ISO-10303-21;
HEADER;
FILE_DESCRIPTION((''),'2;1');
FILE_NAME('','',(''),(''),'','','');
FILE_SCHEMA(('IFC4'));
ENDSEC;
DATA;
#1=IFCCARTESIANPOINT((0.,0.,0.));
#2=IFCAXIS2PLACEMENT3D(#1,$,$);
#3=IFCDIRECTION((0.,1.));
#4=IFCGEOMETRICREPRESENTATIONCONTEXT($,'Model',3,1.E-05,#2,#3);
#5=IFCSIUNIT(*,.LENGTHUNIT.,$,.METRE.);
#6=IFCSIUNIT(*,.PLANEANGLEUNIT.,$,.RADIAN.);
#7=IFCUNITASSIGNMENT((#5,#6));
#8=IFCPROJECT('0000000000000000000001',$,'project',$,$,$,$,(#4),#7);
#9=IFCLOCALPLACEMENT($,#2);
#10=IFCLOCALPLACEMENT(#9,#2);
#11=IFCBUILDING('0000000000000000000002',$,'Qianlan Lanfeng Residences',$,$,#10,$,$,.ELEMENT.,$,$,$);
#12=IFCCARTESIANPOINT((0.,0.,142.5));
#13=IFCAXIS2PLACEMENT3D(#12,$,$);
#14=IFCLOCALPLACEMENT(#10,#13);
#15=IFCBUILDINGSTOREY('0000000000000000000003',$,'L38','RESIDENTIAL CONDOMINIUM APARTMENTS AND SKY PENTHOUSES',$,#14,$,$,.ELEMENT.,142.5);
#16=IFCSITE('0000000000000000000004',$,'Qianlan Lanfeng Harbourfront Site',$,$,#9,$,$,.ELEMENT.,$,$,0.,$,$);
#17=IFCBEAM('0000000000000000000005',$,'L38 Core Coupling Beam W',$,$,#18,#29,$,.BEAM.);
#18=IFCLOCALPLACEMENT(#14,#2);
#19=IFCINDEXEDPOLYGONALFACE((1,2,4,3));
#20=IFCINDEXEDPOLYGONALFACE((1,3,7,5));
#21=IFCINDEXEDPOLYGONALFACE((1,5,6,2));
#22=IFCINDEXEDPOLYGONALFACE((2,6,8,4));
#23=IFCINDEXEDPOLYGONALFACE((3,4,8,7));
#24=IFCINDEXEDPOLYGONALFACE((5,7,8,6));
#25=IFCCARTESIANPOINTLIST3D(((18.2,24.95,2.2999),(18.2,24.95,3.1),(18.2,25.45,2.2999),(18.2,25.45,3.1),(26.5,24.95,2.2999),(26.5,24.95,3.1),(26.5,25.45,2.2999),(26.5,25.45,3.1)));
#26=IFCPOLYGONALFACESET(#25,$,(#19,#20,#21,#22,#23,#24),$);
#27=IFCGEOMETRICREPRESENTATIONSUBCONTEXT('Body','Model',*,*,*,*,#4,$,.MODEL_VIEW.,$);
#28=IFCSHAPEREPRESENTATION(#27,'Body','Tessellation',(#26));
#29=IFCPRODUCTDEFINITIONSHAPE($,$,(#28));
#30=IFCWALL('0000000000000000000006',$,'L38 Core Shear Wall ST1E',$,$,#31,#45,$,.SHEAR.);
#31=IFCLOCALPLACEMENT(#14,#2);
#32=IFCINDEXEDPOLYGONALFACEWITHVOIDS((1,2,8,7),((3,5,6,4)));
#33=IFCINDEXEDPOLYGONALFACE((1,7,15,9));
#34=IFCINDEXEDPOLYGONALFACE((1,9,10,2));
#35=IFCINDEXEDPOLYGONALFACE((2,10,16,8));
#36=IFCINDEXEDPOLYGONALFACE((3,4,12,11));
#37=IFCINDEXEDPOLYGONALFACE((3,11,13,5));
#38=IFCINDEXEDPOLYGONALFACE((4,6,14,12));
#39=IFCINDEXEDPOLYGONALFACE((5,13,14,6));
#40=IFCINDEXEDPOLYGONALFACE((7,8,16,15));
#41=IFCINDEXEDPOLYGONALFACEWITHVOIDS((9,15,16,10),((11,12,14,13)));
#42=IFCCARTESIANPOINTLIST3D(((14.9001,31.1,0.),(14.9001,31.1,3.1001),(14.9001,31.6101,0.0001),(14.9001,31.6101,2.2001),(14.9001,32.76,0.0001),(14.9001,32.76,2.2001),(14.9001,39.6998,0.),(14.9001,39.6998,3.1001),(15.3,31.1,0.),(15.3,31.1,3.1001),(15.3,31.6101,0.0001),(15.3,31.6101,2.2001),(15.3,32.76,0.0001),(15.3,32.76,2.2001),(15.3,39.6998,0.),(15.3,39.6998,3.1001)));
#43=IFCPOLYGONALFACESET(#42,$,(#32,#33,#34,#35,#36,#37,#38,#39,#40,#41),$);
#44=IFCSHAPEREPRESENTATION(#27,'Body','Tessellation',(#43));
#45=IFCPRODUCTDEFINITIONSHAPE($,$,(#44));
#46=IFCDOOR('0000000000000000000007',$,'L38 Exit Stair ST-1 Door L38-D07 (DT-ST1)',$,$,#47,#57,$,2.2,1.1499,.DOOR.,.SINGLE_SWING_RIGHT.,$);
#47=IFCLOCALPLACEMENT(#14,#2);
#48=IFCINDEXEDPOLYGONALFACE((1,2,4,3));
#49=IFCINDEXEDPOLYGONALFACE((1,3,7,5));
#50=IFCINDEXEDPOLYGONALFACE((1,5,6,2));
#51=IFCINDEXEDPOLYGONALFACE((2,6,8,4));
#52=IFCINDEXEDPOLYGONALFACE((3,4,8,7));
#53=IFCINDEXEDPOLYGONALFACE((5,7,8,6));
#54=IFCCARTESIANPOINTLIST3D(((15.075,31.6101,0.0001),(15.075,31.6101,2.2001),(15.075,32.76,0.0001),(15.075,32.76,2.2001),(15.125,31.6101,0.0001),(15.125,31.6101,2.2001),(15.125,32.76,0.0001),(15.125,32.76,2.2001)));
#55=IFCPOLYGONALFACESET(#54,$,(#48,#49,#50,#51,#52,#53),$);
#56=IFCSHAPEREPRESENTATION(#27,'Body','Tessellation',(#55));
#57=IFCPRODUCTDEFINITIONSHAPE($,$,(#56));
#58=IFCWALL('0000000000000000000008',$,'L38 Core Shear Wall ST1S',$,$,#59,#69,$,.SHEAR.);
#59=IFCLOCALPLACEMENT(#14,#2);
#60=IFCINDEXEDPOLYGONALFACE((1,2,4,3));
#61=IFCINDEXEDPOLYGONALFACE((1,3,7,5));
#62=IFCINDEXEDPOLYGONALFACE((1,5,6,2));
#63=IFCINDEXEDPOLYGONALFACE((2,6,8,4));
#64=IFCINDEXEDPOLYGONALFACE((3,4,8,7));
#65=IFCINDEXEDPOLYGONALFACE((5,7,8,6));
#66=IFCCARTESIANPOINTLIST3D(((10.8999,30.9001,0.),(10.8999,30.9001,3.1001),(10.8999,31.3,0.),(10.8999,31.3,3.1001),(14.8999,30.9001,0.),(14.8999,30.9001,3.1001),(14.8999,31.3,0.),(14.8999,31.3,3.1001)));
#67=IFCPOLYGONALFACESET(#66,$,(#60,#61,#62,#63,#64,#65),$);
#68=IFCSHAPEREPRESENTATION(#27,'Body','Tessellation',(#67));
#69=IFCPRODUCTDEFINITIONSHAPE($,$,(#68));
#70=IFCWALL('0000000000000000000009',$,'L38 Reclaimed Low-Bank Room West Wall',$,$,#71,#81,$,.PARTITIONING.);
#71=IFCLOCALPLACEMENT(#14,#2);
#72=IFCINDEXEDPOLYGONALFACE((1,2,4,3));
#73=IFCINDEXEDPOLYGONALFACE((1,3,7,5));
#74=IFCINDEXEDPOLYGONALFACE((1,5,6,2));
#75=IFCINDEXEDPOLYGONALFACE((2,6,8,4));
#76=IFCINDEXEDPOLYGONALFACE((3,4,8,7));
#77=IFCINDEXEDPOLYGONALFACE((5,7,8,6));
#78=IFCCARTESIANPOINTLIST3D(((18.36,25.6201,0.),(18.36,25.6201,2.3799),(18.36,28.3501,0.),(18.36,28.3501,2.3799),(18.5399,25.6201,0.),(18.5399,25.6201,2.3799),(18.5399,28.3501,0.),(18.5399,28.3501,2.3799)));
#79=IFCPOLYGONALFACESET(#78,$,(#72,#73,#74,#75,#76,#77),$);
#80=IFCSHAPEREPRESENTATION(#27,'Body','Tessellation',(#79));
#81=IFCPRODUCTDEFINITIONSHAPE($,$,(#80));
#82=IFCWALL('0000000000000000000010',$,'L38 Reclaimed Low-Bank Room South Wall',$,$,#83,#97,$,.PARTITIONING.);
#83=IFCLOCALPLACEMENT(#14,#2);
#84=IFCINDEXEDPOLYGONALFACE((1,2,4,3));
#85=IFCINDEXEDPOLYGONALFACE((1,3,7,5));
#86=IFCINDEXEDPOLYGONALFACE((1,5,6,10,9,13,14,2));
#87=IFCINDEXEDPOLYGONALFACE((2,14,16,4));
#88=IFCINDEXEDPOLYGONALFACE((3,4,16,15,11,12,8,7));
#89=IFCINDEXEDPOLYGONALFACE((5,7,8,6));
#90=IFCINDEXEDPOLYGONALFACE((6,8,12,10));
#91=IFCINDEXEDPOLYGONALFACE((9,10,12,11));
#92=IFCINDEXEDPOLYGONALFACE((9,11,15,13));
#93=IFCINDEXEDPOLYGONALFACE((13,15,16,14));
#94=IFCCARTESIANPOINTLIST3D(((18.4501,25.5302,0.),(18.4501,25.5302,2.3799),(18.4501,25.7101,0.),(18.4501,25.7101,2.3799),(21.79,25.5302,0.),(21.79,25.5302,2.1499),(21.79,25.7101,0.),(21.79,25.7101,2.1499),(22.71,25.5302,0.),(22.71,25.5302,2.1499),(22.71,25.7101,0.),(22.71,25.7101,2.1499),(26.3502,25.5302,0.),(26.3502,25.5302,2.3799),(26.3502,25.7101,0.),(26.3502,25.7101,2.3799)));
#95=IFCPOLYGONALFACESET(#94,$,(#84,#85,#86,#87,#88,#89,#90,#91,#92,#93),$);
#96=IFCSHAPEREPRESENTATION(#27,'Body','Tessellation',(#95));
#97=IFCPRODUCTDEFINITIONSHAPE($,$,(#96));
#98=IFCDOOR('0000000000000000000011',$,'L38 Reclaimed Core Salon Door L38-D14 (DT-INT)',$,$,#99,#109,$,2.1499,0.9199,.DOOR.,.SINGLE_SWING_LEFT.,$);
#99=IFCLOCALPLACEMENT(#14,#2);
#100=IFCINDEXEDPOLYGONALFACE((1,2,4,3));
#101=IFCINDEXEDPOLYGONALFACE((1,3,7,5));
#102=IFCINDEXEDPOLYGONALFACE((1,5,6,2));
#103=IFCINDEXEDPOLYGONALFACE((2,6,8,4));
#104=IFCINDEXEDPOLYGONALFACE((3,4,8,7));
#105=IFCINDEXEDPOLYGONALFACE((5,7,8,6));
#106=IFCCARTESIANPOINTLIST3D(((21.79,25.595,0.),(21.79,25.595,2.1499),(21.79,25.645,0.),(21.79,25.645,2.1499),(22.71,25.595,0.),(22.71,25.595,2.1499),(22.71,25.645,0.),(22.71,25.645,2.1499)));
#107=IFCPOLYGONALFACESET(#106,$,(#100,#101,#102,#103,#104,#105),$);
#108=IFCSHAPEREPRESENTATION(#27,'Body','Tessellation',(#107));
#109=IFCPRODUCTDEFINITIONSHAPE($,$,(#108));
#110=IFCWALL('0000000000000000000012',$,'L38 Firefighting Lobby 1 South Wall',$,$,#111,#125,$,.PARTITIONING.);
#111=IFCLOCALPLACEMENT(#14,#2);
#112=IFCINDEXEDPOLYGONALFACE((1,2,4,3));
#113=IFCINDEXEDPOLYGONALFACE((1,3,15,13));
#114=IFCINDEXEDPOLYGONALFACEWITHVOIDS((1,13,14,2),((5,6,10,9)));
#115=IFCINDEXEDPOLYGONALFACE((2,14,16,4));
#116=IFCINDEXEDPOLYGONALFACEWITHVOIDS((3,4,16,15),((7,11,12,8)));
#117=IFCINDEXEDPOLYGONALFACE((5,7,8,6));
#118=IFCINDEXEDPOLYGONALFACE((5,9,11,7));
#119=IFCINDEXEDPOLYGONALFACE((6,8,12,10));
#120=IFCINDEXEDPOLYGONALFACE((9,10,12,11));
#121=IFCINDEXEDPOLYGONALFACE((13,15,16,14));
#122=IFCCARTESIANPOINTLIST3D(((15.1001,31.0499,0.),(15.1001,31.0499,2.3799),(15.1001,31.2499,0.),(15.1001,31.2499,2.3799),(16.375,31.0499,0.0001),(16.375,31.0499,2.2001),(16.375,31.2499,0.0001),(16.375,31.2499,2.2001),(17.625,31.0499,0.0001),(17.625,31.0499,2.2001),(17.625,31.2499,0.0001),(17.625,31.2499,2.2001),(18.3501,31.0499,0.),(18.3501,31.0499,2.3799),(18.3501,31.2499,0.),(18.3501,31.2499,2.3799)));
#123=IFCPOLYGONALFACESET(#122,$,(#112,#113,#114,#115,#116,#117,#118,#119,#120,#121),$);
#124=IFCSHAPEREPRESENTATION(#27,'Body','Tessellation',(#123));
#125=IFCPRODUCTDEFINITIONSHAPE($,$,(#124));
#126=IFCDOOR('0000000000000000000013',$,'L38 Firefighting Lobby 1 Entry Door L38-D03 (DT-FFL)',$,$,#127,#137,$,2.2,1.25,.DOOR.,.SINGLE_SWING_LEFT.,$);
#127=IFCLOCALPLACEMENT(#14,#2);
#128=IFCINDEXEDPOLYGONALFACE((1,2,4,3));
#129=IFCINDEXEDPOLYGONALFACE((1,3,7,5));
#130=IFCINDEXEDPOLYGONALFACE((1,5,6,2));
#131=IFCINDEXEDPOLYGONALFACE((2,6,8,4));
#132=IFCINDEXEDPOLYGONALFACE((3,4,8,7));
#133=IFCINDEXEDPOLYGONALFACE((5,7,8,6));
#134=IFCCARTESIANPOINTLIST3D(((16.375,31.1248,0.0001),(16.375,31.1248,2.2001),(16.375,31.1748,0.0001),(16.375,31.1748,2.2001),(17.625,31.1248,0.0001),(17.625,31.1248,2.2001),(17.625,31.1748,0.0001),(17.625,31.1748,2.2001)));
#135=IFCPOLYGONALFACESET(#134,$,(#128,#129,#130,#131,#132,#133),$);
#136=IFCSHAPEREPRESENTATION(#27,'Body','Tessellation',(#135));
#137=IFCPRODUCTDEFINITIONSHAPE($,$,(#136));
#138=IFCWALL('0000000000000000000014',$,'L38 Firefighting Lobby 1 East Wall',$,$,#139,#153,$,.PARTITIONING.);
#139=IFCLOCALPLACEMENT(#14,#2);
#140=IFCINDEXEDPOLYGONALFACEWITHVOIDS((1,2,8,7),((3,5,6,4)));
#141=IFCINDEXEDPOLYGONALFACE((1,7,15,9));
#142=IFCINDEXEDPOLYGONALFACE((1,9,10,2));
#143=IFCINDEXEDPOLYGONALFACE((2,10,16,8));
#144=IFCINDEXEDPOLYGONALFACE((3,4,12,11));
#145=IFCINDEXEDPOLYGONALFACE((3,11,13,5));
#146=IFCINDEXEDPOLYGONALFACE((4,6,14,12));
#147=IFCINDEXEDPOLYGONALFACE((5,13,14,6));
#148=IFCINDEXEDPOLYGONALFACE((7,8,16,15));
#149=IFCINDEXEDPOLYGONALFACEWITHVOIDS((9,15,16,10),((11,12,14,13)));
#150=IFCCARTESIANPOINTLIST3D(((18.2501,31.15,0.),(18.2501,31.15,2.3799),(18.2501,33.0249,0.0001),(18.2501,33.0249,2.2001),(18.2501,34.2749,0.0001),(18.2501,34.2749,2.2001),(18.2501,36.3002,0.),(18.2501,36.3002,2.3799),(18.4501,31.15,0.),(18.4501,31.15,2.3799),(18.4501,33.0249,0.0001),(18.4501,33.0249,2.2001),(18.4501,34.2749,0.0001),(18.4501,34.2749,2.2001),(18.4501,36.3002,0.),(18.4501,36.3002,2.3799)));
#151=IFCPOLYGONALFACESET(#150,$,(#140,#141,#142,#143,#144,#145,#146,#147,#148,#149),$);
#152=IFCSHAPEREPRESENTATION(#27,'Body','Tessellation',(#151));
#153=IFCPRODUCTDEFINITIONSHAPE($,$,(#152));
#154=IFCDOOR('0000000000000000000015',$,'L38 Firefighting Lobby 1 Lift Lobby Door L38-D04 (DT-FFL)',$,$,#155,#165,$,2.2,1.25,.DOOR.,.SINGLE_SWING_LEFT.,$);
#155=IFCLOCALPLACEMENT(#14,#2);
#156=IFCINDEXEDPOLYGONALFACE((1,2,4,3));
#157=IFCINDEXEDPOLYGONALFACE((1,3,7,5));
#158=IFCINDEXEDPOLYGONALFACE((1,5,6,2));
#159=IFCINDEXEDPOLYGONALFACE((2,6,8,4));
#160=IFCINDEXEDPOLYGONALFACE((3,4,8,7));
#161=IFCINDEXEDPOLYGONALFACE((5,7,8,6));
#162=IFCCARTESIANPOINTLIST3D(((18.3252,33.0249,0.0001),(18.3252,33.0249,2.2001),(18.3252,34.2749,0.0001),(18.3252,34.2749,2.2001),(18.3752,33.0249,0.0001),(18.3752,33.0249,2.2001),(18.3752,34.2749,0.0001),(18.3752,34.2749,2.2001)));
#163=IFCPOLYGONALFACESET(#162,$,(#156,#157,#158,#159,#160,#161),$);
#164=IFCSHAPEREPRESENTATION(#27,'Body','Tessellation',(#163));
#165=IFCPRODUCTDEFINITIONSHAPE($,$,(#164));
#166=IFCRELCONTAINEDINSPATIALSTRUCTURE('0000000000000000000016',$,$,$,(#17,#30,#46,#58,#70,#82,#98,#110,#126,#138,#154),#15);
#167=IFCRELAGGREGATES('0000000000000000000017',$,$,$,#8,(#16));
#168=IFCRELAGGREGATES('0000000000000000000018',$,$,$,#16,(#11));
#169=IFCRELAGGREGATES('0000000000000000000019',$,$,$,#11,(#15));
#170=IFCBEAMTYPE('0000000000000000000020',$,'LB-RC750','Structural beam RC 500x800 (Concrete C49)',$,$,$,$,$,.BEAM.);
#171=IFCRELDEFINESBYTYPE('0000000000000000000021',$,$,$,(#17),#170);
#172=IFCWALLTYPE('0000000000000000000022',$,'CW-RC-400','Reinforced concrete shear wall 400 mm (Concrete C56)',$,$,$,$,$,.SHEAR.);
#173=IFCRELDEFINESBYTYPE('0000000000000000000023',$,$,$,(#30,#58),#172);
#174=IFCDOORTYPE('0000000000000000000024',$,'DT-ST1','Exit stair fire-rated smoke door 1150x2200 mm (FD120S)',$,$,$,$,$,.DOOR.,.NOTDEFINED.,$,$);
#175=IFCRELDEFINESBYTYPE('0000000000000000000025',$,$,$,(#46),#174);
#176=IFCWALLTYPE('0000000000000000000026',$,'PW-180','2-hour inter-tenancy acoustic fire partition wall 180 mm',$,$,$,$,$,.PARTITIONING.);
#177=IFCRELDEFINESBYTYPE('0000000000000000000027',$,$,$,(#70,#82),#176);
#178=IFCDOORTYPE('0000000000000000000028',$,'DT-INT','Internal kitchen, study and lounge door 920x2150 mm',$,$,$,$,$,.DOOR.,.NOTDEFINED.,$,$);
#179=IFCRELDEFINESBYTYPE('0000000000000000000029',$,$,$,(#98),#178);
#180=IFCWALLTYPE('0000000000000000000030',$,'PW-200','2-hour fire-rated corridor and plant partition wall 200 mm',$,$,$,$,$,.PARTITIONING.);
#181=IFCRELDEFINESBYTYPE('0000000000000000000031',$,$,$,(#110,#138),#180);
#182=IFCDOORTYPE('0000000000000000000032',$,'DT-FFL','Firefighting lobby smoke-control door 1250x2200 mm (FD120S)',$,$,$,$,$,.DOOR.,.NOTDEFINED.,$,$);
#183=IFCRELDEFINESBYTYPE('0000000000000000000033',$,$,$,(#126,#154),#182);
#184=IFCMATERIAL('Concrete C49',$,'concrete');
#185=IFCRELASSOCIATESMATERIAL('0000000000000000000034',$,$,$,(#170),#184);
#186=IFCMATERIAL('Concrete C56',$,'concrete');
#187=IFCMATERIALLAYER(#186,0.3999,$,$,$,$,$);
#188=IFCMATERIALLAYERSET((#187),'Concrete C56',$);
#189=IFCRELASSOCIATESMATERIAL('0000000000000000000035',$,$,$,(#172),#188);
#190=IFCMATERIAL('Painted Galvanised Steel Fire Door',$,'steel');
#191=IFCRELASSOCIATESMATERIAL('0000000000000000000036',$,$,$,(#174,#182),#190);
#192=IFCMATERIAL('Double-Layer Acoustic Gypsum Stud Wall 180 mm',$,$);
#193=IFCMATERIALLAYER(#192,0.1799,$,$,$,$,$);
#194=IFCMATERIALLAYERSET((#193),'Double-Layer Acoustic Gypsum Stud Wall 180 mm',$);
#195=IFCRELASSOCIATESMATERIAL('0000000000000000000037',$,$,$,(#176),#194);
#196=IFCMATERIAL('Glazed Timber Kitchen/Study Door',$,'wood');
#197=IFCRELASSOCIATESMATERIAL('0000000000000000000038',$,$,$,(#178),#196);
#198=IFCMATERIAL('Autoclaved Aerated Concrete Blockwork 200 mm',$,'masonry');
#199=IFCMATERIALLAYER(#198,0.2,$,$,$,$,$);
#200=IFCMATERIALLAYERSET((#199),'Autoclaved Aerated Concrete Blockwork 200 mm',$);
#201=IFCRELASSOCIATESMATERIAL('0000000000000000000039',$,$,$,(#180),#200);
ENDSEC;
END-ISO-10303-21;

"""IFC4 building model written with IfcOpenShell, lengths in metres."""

from ifc_helpers import new_model, si_unit, direction, frame, frame_2d, origin, origin_2d, place, context, subcontext, project, spatial, rectangle, extrude, material, layer, layer_set, material_profile, profile_set, type_object, element, fill, save


model = new_model("IFC4")

# Units and contexts
model_context = context("Model", 3, precision=1e-05, world=origin(), true_north=direction((0.0, 1.0)))
body_context = subcontext(model_context, "Body", "Model", "MODEL_VIEW")
ifc_project = project(units=[si_unit("LENGTHUNIT", "METRE"), si_unit("PLANEANGLEUNIT", "RADIAN")], contexts=[model_context])

# Site, building, storey
site_placement = place(None, origin())
site = spatial("IfcSite", under=ifc_project, at=site_placement, Name="Qianlan Lanfeng Harbourfront Site", CompositionType="ELEMENT", RefElevation=0.0)
building_placement = place(site_placement, origin())
building = spatial("IfcBuilding", under=site, at=building_placement, Name="Qianlan Lanfeng Residences", CompositionType="ELEMENT")
storey_placement = place(building_placement, frame((0.0, 0.0, 142.5)))
storey = spatial("IfcBuildingStorey", under=building, at=storey_placement, Name="L38", Description="RESIDENTIAL CONDOMINIUM APARTMENTS AND SKY PENTHOUSES", CompositionType="ELEMENT", Elevation=142.5)

# Beam
ifc_material_1 = material(Name="Concrete C49", Category="concrete")
ifc_material_profile = material_profile(ifc_material_1, rectangle(XDim=0.5, YDim=0.8, at=origin_2d()), Name="RC 500x800")
ifc_profile_set = profile_set([ifc_material_profile], Name="Concrete C49")
beam_type = type_object("IfcBeamType", Name="LB-RC750", Description="Structural beam RC 500x800 (Concrete C49)", PredefinedType="BEAM", material=ifc_profile_set)
beam_placement = place(storey_placement, frame((18.2, 25.2, 2.7), z_axis=(1.0, 0.0, 0.0), x_axis=(0.0, 1.0, 0.0)))
element("IfcBeam", 1, at=beam_placement, inside=storey, type_object=beam_type, Name="L38 Core Coupling Beam W", PredefinedType="BEAM", context=body_context, shape_type="SweptSolid", body=[
    extrude(rectangle(XDim=0.5, YDim=0.8, at=origin_2d()), origin(), (0.0, 0.0, 1.0), 8.3),
])

# Wall, opening, door
ifc_material_2 = material(Name="Concrete C56", Category="concrete")
ifc_layer_1 = layer(ifc_material_2, 0.3999)
ifc_layer_set_1 = layer_set([ifc_layer_1], Name="Concrete C56")
wall_type_1 = type_object("IfcWallType", Name="CW-RC-400", Description="Reinforced concrete shear wall 400 mm (Concrete C56)", PredefinedType="SHEAR", material=ifc_layer_set_1)
wall_1_placement = place(storey_placement, frame((15.1001, 31.1001, 0.0), z_axis=(0.0, 0.0, 1.0), x_axis=(0.0, 1.0, 0.0)))
wall_1 = element("IfcWall", 2, at=wall_1_placement, inside=storey, type_object=wall_type_1, Name="L38 Core Shear Wall ST1E", PredefinedType="SHEAR", context=body_context, shape_type="SweptSolid", body=[
    extrude(rectangle(XDim=8.5999, YDim=0.3999, at=frame_2d((4.2998, 0.0))), origin(), (0.0, 0.0, 1.0), 3.1001),
])
opening_1_placement = place(wall_1_placement, frame((0.51, 0.0, 0.0)))
opening_1 = element("IfcOpeningElement", 3, at=opening_1_placement, cuts=wall_1, PredefinedType="OPENING", context=body_context, shape_type="SweptSolid", body=[
    extrude(rectangle(XDim=1.1499, YDim=2.2, at=frame_2d((0.575, 1.1001))), frame((0.0, 0.21, 0.0), z_axis=(0.0, -1.0, 0.0), x_axis=(1.0, 0.0, 0.0)), (0.0, 0.0, 1.0), 0.4199),
])
ifc_material_3 = material(Name="Painted Galvanised Steel Fire Door", Category="steel")
door_type_1 = type_object("IfcDoorType", Name="DT-ST1", Description="Exit stair fire-rated smoke door 1150x2200 mm (FD120S)", OperationType="NOTDEFINED", PredefinedType="DOOR", material=ifc_material_3)
door_1_placement = place(opening_1_placement, frame((1.1499, 0.0, 0.0), z_axis=(0.0, 0.0, 1.0), x_axis=(-1.0, 0.0, 0.0)))
door_1 = element("IfcDoor", 4, at=door_1_placement, inside=storey, type_object=door_type_1, Name="L38 Exit Stair ST-1 Door L38-D07 (DT-ST1)", OperationType="SINGLE_SWING_RIGHT", OverallHeight=2.2, OverallWidth=1.1499, PredefinedType="DOOR", context=body_context, shape_type="SweptSolid", body=[
    extrude(rectangle(XDim=1.1499, YDim=2.2, at=frame_2d((0.575, 1.1001))), frame((0.0, 0.0249, 0.0), z_axis=(0.0, -1.0, 0.0), x_axis=(1.0, 0.0, 0.0)), (0.0, 0.0, 1.0), 0.05),
])
fill(opening_1, door_1)

# Wall
wall_2_placement = place(storey_placement, frame((10.8999, 31.1001, 0.0), z_axis=(0.0, 0.0, 1.0), x_axis=(1.0, 0.0, 0.0)))
element("IfcWall", 5, at=wall_2_placement, inside=storey, type_object=wall_type_1, Name="L38 Core Shear Wall ST1S", PredefinedType="SHEAR", context=body_context, shape_type="SweptSolid", body=[
    extrude(rectangle(XDim=4.0, YDim=0.3999, at=frame_2d((2.0, 0.0))), origin(), (0.0, 0.0, 1.0), 3.1001),
])

# Shared definitions
ifc_material_4 = material(Name="Double-Layer Acoustic Gypsum Stud Wall 180 mm")
ifc_layer_2 = layer(ifc_material_4, 0.1799)
ifc_layer_set_2 = layer_set([ifc_layer_2], Name="Double-Layer Acoustic Gypsum Stud Wall 180 mm")
wall_type_2 = type_object("IfcWallType", Name="PW-180", Description="2-hour inter-tenancy acoustic fire partition wall 180 mm", PredefinedType="PARTITIONING", material=ifc_layer_set_2)
ifc_material_5 = material(Name="Glazed Timber Kitchen/Study Door", Category="wood")
door_type_2 = type_object("IfcDoorType", Name="DT-INT", Description="Internal kitchen, study and lounge door 920x2150 mm", OperationType="NOTDEFINED", PredefinedType="DOOR", material=ifc_material_5)

# Wall
wall_3_placement = place(storey_placement, frame((18.45, 25.6201, 0.0), z_axis=(0.0, 0.0, 1.0), x_axis=(0.0, 1.0, 0.0)))
element("IfcWall", 6, at=wall_3_placement, inside=storey, type_object=wall_type_2, Name="L38 Reclaimed Low-Bank Room West Wall", PredefinedType="PARTITIONING", context=body_context, shape_type="SweptSolid", body=[
    extrude(rectangle(XDim=2.73, YDim=0.1799, at=frame_2d((1.365, 0.0))), origin(), (0.0, 0.0, 1.0), 2.3799),
])

# Walls, openings, doors
wall_4_placement = place(storey_placement, frame((18.45, 25.6201, 0.0), z_axis=(0.0, 0.0, 1.0), x_axis=(1.0, 0.0, 0.0)))
wall_4 = element("IfcWall", 7, at=wall_4_placement, inside=storey, type_object=wall_type_2, Name="L38 Reclaimed Low-Bank Room South Wall", PredefinedType="PARTITIONING", context=body_context, shape_type="SweptSolid", body=[
    extrude(rectangle(XDim=7.9001, YDim=0.1799, at=frame_2d((3.9502, 0.0))), origin(), (0.0, 0.0, 1.0), 2.3799),
])
opening_2_placement = place(wall_4_placement, frame((3.3401, 0.0, 0.0)))
opening_2 = element("IfcOpeningElement", 8, at=opening_2_placement, cuts=wall_4, PredefinedType="OPENING", context=body_context, shape_type="SweptSolid", body=[
    extrude(rectangle(XDim=0.9199, YDim=2.1499, at=frame_2d((0.46, 1.075))), frame((0.0, 0.1001, 0.0), z_axis=(0.0, -1.0, 0.0), x_axis=(1.0, 0.0, 0.0)), (0.0, 0.0, 1.0), 0.2),
])
door_2_placement = place(opening_2_placement, origin())
door_2 = element("IfcDoor", 9, at=door_2_placement, inside=storey, type_object=door_type_2, Name="L38 Reclaimed Core Salon Door L38-D14 (DT-INT)", OperationType="SINGLE_SWING_LEFT", OverallHeight=2.1499, OverallWidth=0.9199, PredefinedType="DOOR", context=body_context, shape_type="SweptSolid", body=[
    extrude(rectangle(XDim=0.9199, YDim=2.1499, at=frame_2d((0.46, 1.075))), frame((0.0, 0.0249, 0.0), z_axis=(0.0, -1.0, 0.0), x_axis=(1.0, 0.0, 0.0)), (0.0, 0.0, 1.0), 0.05),
])
fill(opening_2, door_2)
ifc_material_6 = material(Name="Autoclaved Aerated Concrete Blockwork 200 mm", Category="masonry")
ifc_layer_3 = layer(ifc_material_6, 0.2)
ifc_layer_set_3 = layer_set([ifc_layer_3], Name="Autoclaved Aerated Concrete Blockwork 200 mm")
wall_type_3 = type_object("IfcWallType", Name="PW-200", Description="2-hour fire-rated corridor and plant partition wall 200 mm", PredefinedType="PARTITIONING", material=ifc_layer_set_3)
wall_5_placement = place(storey_placement, frame((15.1001, 31.1499, 0.0), z_axis=(0.0, 0.0, 1.0), x_axis=(1.0, 0.0, 0.0)))
wall_5 = element("IfcWall", 10, at=wall_5_placement, inside=storey, type_object=wall_type_3, Name="L38 Firefighting Lobby 1 South Wall", PredefinedType="PARTITIONING", context=body_context, shape_type="SweptSolid", body=[
    extrude(rectangle(XDim=3.25, YDim=0.2, at=frame_2d((1.625, 0.0))), origin(), (0.0, 0.0, 1.0), 2.3799),
])
opening_3_placement = place(wall_5_placement, frame((1.2749, 0.0, 0.0)))
opening_3 = element("IfcOpeningElement", 11, at=opening_3_placement, cuts=wall_5, PredefinedType="OPENING", context=body_context, shape_type="SweptSolid", body=[
    extrude(rectangle(XDim=1.25, YDim=2.2, at=frame_2d((0.625, 1.1001))), frame((0.0, 0.1099, 0.0), z_axis=(0.0, -1.0, 0.0), x_axis=(1.0, 0.0, 0.0)), (0.0, 0.0, 1.0), 0.22),
])
door_type_3 = type_object("IfcDoorType", Name="DT-FFL", Description="Firefighting lobby smoke-control door 1250x2200 mm (FD120S)", OperationType="NOTDEFINED", PredefinedType="DOOR", material=ifc_material_3)
door_3_placement = place(opening_3_placement, origin())
door_3 = element("IfcDoor", 12, at=door_3_placement, inside=storey, type_object=door_type_3, Name="L38 Firefighting Lobby 1 Entry Door L38-D03 (DT-FFL)", OperationType="SINGLE_SWING_LEFT", OverallHeight=2.2, OverallWidth=1.25, PredefinedType="DOOR", context=body_context, shape_type="SweptSolid", body=[
    extrude(rectangle(XDim=1.25, YDim=2.2, at=frame_2d((0.625, 1.1001))), frame((0.0, 0.0249, 0.0), z_axis=(0.0, -1.0, 0.0), x_axis=(1.0, 0.0, 0.0)), (0.0, 0.0, 1.0), 0.05),
])
fill(opening_3, door_3)
wall_6_placement = place(storey_placement, frame((18.3501, 31.1499, 0.0), z_axis=(0.0, 0.0, 1.0), x_axis=(0.0, 1.0, 0.0)))
wall_6 = element("IfcWall", 13, at=wall_6_placement, inside=storey, type_object=wall_type_3, Name="L38 Firefighting Lobby 1 East Wall", PredefinedType="PARTITIONING", context=body_context, shape_type="SweptSolid", body=[
    extrude(rectangle(XDim=5.1501, YDim=0.2, at=frame_2d((2.5752, 0.0))), origin(), (0.0, 0.0, 1.0), 2.3799),
])
opening_4_placement = place(wall_6_placement, frame((1.875, 0.0, 0.0)))
opening_4 = element("IfcOpeningElement", 14, at=opening_4_placement, cuts=wall_6, PredefinedType="OPENING", context=body_context, shape_type="SweptSolid", body=[
    extrude(rectangle(XDim=1.25, YDim=2.2, at=frame_2d((0.625, 1.1001))), frame((0.0, 0.1099, 0.0), z_axis=(0.0, -1.0, 0.0), x_axis=(1.0, 0.0, 0.0)), (0.0, 0.0, 1.0), 0.22),
])
door_4_placement = place(opening_4_placement, origin())
door_4 = element("IfcDoor", 15, at=door_4_placement, inside=storey, type_object=door_type_3, Name="L38 Firefighting Lobby 1 Lift Lobby Door L38-D04 (DT-FFL)", OperationType="SINGLE_SWING_LEFT", OverallHeight=2.2, OverallWidth=1.25, PredefinedType="DOOR", context=body_context, shape_type="SweptSolid", body=[
    extrude(rectangle(XDim=1.25, YDim=2.2, at=frame_2d((0.625, 1.1001))), frame((0.0, 0.0249, 0.0), z_axis=(0.0, -1.0, 0.0), x_axis=(1.0, 0.0, 0.0)), (0.0, 0.0, 1.0), 0.05),
])
fill(opening_4, door_4)

save(model, "model.ifc")
